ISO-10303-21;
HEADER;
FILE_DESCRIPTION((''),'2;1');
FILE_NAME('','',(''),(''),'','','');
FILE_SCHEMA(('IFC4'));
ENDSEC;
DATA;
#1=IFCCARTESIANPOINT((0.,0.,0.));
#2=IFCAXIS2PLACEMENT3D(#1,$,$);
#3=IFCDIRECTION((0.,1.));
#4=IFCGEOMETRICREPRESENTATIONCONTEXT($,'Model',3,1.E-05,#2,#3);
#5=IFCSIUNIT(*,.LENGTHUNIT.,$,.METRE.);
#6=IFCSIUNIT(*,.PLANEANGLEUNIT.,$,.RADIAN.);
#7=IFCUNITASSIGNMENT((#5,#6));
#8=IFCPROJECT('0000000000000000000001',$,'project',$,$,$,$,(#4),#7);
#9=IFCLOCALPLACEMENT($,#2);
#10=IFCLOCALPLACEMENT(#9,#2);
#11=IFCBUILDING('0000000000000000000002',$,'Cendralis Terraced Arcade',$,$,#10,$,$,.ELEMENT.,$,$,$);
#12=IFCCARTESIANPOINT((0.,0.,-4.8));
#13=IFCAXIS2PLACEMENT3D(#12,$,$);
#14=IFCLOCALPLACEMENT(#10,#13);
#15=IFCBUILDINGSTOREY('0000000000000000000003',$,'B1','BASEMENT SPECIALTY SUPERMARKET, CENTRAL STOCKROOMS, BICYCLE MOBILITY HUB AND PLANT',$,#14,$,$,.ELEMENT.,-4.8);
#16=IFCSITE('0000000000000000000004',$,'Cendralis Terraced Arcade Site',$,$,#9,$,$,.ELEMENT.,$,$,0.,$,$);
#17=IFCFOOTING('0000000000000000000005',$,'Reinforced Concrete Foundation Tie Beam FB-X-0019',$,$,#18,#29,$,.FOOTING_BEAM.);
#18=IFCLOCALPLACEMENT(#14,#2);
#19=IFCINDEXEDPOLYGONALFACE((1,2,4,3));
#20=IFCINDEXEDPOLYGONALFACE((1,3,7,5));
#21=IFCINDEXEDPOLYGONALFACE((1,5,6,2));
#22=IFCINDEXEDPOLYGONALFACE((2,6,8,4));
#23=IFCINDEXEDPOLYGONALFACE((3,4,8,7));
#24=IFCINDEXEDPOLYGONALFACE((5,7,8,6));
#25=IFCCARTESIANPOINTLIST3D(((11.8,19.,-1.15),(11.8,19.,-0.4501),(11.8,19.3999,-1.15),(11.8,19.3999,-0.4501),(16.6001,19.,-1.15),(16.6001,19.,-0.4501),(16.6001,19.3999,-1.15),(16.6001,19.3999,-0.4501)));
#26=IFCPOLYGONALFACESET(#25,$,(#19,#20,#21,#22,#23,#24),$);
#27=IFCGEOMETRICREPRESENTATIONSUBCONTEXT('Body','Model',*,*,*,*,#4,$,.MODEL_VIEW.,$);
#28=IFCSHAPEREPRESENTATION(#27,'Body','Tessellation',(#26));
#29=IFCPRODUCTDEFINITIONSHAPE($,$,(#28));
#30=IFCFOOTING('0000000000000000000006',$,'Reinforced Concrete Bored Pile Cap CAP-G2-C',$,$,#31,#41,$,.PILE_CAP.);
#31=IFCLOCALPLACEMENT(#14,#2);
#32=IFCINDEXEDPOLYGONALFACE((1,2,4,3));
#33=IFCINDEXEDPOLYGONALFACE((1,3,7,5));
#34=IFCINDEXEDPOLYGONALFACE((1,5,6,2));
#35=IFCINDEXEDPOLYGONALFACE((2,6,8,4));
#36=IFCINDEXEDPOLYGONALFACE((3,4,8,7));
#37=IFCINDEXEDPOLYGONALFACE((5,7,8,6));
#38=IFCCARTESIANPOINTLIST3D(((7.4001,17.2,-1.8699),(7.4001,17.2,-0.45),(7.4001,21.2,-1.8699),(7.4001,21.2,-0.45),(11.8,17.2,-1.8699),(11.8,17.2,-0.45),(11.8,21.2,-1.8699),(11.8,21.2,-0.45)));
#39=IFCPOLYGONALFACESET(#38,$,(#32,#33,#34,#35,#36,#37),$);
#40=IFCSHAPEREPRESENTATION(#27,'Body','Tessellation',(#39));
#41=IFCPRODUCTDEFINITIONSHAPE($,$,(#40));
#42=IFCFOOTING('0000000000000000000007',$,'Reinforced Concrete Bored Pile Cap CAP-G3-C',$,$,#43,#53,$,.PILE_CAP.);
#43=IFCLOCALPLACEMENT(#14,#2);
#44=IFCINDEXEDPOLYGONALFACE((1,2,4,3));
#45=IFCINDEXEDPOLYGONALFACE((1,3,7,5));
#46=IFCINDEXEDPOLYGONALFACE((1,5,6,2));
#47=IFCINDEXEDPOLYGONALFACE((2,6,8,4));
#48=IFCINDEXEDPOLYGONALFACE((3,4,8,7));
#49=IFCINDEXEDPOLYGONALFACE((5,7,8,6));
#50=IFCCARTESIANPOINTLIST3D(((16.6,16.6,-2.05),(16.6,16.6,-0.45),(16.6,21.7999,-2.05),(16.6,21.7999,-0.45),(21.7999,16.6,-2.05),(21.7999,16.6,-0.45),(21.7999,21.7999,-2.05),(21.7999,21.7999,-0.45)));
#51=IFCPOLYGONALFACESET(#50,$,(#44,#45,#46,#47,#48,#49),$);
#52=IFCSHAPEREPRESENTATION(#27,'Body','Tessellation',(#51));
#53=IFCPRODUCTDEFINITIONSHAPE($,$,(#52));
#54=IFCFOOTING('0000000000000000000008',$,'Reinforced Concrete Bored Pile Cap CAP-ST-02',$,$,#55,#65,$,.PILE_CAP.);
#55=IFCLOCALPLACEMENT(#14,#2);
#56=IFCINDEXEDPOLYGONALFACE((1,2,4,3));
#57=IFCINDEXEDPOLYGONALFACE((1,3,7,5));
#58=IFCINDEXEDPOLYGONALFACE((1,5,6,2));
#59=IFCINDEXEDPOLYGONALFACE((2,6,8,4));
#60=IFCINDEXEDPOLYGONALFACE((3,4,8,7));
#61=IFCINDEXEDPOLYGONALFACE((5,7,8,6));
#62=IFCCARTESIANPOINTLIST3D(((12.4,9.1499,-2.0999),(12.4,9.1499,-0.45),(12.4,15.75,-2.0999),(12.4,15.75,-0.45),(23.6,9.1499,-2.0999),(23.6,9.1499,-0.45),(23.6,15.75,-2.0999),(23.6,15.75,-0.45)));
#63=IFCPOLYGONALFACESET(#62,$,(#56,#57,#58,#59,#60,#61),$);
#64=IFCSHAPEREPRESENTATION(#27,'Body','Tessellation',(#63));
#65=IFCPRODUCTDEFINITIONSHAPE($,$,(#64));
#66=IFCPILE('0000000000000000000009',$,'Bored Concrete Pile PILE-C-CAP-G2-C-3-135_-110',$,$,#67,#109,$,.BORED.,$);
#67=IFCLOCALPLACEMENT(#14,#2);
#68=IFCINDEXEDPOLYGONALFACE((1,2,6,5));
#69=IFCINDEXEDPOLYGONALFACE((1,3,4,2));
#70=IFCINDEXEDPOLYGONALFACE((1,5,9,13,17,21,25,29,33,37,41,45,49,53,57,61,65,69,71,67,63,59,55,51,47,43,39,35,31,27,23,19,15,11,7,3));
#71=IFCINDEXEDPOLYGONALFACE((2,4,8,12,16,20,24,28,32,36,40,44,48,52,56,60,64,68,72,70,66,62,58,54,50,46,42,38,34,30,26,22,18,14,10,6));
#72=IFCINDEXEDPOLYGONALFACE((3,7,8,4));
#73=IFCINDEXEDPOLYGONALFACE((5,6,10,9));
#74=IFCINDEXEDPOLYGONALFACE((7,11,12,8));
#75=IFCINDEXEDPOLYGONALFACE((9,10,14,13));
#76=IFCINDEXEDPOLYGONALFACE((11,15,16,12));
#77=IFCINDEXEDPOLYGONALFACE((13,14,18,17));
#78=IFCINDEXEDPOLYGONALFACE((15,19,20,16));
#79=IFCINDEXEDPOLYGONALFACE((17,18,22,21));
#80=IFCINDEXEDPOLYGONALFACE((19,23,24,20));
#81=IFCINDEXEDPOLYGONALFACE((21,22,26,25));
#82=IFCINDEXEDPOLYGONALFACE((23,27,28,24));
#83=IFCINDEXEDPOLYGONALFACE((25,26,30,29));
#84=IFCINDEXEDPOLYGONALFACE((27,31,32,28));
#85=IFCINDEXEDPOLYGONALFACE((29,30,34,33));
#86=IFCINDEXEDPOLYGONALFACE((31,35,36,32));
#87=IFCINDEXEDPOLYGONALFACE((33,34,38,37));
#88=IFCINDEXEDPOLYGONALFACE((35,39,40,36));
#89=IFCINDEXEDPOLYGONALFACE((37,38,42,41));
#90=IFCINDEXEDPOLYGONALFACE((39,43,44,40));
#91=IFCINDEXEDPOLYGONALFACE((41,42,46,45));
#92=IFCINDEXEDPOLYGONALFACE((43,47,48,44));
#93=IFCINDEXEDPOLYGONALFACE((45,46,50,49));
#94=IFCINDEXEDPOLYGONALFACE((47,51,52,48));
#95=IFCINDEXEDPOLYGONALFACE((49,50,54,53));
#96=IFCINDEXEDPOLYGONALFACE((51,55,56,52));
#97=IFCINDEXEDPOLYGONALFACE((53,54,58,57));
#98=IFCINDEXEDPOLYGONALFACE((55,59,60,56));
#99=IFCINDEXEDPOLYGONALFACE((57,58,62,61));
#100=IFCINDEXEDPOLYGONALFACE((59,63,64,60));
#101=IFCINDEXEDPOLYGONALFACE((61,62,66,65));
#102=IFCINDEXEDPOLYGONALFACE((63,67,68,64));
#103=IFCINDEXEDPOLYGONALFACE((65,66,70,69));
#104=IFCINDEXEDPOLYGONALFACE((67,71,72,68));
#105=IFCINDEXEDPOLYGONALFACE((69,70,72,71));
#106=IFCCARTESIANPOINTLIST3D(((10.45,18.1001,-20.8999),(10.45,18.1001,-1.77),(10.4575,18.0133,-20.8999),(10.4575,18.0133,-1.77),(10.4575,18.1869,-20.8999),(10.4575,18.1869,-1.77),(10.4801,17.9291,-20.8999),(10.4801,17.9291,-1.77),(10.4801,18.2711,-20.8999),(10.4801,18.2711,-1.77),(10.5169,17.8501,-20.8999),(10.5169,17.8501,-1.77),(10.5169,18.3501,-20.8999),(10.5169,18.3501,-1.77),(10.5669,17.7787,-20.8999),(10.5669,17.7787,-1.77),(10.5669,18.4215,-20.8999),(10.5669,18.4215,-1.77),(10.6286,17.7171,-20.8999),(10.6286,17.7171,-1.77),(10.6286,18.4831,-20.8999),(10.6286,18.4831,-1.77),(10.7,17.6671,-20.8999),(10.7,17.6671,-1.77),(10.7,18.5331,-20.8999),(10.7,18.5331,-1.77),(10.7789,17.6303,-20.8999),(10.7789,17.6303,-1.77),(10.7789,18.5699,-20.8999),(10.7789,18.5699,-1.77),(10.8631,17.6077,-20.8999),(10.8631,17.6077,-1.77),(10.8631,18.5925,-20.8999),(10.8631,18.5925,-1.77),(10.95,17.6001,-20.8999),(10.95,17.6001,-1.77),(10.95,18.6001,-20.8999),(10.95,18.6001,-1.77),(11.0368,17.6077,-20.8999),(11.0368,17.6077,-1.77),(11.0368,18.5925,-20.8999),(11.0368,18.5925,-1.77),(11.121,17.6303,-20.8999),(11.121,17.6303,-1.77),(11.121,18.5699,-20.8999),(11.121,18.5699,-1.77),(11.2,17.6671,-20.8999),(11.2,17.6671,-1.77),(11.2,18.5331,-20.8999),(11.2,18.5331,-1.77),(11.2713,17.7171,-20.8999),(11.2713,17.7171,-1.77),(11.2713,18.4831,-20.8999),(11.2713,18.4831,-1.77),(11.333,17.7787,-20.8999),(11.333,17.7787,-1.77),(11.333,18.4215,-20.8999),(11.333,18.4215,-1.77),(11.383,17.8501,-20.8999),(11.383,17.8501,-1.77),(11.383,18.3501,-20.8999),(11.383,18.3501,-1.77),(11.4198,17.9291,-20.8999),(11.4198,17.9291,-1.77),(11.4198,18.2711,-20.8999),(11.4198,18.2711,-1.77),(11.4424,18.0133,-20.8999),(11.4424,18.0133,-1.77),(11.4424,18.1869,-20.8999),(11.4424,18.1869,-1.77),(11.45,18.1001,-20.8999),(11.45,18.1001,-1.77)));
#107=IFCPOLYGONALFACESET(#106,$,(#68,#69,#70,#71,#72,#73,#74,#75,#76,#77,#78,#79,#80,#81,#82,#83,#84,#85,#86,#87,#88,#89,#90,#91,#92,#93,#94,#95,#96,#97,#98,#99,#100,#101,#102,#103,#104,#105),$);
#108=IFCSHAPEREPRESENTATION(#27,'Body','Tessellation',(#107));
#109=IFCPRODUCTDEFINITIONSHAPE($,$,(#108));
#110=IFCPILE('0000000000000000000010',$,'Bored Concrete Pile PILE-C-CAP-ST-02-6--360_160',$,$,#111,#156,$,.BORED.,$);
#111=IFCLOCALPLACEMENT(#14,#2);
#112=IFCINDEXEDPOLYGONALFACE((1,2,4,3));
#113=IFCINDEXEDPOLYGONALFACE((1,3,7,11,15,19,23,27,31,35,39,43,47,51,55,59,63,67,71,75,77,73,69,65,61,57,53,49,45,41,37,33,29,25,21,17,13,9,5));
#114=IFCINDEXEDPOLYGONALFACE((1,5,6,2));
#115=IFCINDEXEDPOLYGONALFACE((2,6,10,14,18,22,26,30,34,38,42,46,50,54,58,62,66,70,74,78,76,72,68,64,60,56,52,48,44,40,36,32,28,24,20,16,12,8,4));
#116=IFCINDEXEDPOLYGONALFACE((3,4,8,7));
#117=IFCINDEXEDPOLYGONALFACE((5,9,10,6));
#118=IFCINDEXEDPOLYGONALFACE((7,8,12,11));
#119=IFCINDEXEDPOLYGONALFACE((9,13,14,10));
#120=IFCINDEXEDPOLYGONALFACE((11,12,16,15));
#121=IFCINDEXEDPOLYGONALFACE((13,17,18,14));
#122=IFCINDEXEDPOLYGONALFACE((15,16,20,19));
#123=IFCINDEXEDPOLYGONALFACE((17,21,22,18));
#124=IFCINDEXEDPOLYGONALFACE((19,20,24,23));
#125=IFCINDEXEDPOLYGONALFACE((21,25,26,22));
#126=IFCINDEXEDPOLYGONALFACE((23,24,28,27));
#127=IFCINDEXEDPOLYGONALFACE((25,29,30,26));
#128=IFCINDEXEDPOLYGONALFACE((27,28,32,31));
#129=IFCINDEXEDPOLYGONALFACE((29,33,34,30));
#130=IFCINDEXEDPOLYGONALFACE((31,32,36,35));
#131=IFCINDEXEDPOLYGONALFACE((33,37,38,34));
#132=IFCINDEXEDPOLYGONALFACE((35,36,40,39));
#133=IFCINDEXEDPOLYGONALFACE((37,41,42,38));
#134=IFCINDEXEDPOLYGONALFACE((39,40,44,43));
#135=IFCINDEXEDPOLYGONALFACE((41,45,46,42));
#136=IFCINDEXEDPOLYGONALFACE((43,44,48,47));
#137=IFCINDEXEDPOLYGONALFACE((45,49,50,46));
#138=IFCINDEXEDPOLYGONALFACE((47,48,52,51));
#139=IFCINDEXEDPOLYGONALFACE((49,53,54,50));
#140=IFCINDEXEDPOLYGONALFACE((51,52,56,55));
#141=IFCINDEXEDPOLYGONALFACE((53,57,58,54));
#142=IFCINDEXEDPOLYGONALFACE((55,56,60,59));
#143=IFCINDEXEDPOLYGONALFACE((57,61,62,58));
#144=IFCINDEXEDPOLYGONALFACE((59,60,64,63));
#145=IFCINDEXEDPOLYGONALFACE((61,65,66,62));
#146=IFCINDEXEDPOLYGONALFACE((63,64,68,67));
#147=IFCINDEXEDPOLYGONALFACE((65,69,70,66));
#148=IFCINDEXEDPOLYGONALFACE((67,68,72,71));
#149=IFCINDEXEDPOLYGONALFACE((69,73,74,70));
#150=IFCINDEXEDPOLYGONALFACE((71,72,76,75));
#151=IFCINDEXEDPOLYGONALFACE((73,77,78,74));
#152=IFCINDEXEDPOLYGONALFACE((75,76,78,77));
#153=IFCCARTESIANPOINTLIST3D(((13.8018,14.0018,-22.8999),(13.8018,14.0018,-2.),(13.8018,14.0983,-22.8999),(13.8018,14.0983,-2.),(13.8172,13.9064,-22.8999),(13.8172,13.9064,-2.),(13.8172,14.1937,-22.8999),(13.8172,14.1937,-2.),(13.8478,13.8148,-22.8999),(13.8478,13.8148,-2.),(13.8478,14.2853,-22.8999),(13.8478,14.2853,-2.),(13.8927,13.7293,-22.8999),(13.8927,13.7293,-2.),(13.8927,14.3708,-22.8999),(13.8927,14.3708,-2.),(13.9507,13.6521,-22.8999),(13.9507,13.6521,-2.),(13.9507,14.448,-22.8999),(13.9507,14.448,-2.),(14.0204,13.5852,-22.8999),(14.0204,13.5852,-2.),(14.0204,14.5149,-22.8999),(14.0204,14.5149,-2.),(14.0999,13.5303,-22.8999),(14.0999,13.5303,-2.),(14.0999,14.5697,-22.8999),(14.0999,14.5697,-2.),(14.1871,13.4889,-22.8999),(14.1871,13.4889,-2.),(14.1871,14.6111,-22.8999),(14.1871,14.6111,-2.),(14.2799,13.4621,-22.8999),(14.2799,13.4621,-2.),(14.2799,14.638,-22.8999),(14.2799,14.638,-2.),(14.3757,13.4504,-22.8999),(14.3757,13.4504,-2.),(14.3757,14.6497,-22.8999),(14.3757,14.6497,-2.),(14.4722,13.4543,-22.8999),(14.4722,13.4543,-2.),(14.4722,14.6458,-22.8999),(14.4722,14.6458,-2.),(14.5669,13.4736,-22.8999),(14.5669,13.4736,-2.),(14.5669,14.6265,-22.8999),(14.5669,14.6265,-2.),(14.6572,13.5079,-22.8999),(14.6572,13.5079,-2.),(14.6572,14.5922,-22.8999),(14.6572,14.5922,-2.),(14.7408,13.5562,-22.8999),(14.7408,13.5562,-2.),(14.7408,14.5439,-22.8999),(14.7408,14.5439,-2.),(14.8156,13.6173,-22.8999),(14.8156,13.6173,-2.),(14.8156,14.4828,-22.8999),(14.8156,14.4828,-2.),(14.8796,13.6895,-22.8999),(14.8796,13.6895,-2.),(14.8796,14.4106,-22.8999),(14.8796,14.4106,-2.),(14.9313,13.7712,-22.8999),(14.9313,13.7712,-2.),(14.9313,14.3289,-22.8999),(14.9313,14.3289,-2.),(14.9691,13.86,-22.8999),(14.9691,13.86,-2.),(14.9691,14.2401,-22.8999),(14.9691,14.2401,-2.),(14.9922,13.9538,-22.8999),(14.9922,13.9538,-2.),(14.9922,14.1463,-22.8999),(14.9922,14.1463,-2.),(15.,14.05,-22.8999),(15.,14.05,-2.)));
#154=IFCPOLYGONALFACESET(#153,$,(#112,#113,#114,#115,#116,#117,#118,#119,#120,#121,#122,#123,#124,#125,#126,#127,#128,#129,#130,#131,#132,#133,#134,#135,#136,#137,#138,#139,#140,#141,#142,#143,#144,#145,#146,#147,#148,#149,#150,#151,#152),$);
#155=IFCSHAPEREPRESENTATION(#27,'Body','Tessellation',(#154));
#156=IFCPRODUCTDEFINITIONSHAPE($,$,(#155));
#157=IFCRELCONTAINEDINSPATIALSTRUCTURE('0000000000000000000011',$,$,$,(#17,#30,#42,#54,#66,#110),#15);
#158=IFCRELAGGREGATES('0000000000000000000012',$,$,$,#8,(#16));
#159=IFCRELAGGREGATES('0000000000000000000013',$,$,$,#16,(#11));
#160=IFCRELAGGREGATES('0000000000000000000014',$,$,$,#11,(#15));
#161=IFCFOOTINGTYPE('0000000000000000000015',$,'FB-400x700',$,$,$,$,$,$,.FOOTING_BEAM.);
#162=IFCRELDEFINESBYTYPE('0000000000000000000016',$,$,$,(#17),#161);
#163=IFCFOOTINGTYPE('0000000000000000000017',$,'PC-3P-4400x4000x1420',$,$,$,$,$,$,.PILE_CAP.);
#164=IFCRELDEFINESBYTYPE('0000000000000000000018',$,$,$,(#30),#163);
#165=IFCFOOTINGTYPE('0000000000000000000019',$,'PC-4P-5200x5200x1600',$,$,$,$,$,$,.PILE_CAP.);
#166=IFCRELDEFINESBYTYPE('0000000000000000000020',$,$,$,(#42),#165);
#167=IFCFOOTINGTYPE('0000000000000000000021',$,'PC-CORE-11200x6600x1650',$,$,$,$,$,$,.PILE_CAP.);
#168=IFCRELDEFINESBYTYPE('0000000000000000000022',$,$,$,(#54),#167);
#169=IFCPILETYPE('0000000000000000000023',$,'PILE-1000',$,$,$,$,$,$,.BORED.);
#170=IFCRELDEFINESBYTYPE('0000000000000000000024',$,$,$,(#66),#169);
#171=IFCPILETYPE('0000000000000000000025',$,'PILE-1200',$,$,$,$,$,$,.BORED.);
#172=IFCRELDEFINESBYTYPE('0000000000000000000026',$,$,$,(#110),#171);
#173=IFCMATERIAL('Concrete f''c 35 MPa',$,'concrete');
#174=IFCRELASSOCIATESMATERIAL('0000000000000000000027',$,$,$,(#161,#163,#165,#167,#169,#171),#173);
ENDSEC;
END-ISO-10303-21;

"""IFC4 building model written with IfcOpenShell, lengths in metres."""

from ifc_helpers import new_model, si_unit, direction, frame, origin, origin_2d, place, context, subcontext, project, spatial, rectangle, circle, extrude, material, material_profile, profile_set, type_object, element, save


model = new_model("IFC4")

# Units and contexts
model_context = context("Model", 3, precision=1e-05, world=origin(), true_north=direction((0.0, 1.0)))
body_context = subcontext(model_context, "Body", "Model", "MODEL_VIEW")
ifc_project = project(units=[si_unit("LENGTHUNIT", "METRE"), si_unit("PLANEANGLEUNIT", "RADIAN")], contexts=[model_context])

# Site, building, storey
site_placement = place(None, origin())
site = spatial("IfcSite", under=ifc_project, at=site_placement, Name="Cendralis Terraced Arcade Site", CompositionType="ELEMENT", RefElevation=0.0)
building_placement = place(site_placement, origin())
building = spatial("IfcBuilding", under=site, at=building_placement, Name="Cendralis Terraced Arcade", CompositionType="ELEMENT")
storey_placement = place(building_placement, frame((0.0, 0.0, -4.8)))
storey = spatial("IfcBuildingStorey", under=building, at=storey_placement, Name="B1", Description="BASEMENT SPECIALTY SUPERMARKET, CENTRAL STOCKROOMS, BICYCLE MOBILITY HUB AND PLANT", CompositionType="ELEMENT", Elevation=-4.8)

# Footings
ifc_material_1 = material(Name="Concrete f'c 35 MPa", Category="concrete")
ifc_material_profile_1 = material_profile(ifc_material_1, rectangle(XDim=0.3999, YDim=0.7, at=origin_2d()), Name="FB-400x700", Category="LoadBearing")
ifc_profile_set_1 = profile_set([ifc_material_profile_1], Name="Concrete f'c 35 MPa")
footing_type_1 = type_object("IfcFootingType", Name="FB-400x700", PredefinedType="FOOTING_BEAM", material=ifc_profile_set_1)
footing_1_placement = place(storey_placement, frame((11.8, 19.2, -0.8), z_axis=(1.0, 0.0, 0.0), x_axis=(0.0, 1.0, 0.0)))
element("IfcFooting", 1, at=footing_1_placement, inside=storey, type_object=footing_type_1, Name="Reinforced Concrete Foundation Tie Beam FB-X-0019", PredefinedType="FOOTING_BEAM", context=body_context, shape_type="SweptSolid", body=[
    extrude(rectangle(XDim=0.3999, YDim=0.7, at=origin_2d()), origin(), (0.0, 0.0, 1.0), 4.8),
])
footing_type_2 = type_object("IfcFootingType", Name="PC-3P-4400x4000x1420", PredefinedType="PILE_CAP", material=ifc_material_1)
footing_2_placement = place(storey_placement, frame((9.6001, 19.2, -1.8699), z_axis=(0.0, 0.0, 1.0), x_axis=(1.0, 0.0, 0.0)))
element("IfcFooting", 2, at=footing_2_placement, inside=storey, type_object=footing_type_2, Name="Reinforced Concrete Bored Pile Cap CAP-G2-C", PredefinedType="PILE_CAP", context=body_context, shape_type="SweptSolid", body=[
    extrude(rectangle(XDim=4.3999, YDim=4.0, at=origin_2d()), origin(), (0.0, 0.0, 1.0), 1.4199),
])
footing_type_3 = type_object("IfcFootingType", Name="PC-4P-5200x5200x1600", PredefinedType="PILE_CAP", material=ifc_material_1)
footing_3_placement = place(storey_placement, frame((19.2, 19.2, -2.05), z_axis=(0.0, 0.0, 1.0), x_axis=(1.0, 0.0, 0.0)))
element("IfcFooting", 3, at=footing_3_placement, inside=storey, type_object=footing_type_3, Name="Reinforced Concrete Bored Pile Cap CAP-G3-C", PredefinedType="PILE_CAP", context=body_context, shape_type="SweptSolid", body=[
    extrude(rectangle(XDim=5.2, YDim=5.2, at=origin_2d()), origin(), (0.0, 0.0, 1.0), 1.6001),
])
footing_type_4 = type_object("IfcFootingType", Name="PC-CORE-11200x6600x1650", PredefinedType="PILE_CAP", material=ifc_material_1)
footing_4_placement = place(storey_placement, frame((18.0, 12.45, -2.0999), z_axis=(0.0, 0.0, 1.0), x_axis=(1.0, 0.0, 0.0)))
element("IfcFooting", 4, at=footing_4_placement, inside=storey, type_object=footing_type_4, Name="Reinforced Concrete Bored Pile Cap CAP-ST-02", PredefinedType="PILE_CAP", context=body_context, shape_type="SweptSolid", body=[
    extrude(rectangle(XDim=11.2, YDim=6.6001, at=origin_2d()), origin(), (0.0, 0.0, 1.0), 1.6499),
])

# Piles
ifc_material_profile_2 = material_profile(ifc_material_1, circle(Radius=0.5, at=origin_2d()), Name="PILE-D1000", Category="LoadBearing")
ifc_profile_set_2 = profile_set([ifc_material_profile_2], Name="Concrete f'c 35 MPa")
pile_type_1 = type_object("IfcPileType", Name="PILE-1000", PredefinedType="BORED", material=ifc_profile_set_2)
pile_1_placement = place(storey_placement, frame((10.95, 18.1001, -1.77), z_axis=(0.0, 0.0, -1.0), x_axis=(1.0, 0.0, 0.0)))
element("IfcPile", 5, at=pile_1_placement, inside=storey, type_object=pile_type_1, Name="Bored Concrete Pile PILE-C-CAP-G2-C-3-135_-110", PredefinedType="BORED", context=body_context, shape_type="SweptSolid", body=[
    extrude(circle(Radius=0.5, at=origin_2d()), origin(), (0.0, 0.0, 1.0), 19.1299),
])
ifc_material_profile_3 = material_profile(ifc_material_1, circle(Radius=0.6001, at=origin_2d()), Name="PILE-D1200", Category="LoadBearing")
ifc_profile_set_3 = profile_set([ifc_material_profile_3], Name="Concrete f'c 35 MPa")
pile_type_2 = type_object("IfcPileType", Name="PILE-1200", PredefinedType="BORED", material=ifc_profile_set_3)
for number, where, z_axis, x_axis, name in (
    (6, (14.3999, 14.05, -2.0), (0.0, 0.0, -1.0), (1.0, 0.0, 0.0), "Bored Concrete Pile PILE-C-CAP-ST-02-6--360_160"),
):
    element("IfcPile", number, at=place(storey_placement, frame(where, z_axis=z_axis, x_axis=x_axis)), inside=storey, type_object=pile_type_2, Name=name, PredefinedType="BORED", context=body_context, shape_type="SweptSolid", body=[
        extrude(circle(Radius=0.6001, at=origin_2d()), origin(), (0.0, 0.0, 1.0), 20.8999),
    ])

save(model, "model.ifc")
